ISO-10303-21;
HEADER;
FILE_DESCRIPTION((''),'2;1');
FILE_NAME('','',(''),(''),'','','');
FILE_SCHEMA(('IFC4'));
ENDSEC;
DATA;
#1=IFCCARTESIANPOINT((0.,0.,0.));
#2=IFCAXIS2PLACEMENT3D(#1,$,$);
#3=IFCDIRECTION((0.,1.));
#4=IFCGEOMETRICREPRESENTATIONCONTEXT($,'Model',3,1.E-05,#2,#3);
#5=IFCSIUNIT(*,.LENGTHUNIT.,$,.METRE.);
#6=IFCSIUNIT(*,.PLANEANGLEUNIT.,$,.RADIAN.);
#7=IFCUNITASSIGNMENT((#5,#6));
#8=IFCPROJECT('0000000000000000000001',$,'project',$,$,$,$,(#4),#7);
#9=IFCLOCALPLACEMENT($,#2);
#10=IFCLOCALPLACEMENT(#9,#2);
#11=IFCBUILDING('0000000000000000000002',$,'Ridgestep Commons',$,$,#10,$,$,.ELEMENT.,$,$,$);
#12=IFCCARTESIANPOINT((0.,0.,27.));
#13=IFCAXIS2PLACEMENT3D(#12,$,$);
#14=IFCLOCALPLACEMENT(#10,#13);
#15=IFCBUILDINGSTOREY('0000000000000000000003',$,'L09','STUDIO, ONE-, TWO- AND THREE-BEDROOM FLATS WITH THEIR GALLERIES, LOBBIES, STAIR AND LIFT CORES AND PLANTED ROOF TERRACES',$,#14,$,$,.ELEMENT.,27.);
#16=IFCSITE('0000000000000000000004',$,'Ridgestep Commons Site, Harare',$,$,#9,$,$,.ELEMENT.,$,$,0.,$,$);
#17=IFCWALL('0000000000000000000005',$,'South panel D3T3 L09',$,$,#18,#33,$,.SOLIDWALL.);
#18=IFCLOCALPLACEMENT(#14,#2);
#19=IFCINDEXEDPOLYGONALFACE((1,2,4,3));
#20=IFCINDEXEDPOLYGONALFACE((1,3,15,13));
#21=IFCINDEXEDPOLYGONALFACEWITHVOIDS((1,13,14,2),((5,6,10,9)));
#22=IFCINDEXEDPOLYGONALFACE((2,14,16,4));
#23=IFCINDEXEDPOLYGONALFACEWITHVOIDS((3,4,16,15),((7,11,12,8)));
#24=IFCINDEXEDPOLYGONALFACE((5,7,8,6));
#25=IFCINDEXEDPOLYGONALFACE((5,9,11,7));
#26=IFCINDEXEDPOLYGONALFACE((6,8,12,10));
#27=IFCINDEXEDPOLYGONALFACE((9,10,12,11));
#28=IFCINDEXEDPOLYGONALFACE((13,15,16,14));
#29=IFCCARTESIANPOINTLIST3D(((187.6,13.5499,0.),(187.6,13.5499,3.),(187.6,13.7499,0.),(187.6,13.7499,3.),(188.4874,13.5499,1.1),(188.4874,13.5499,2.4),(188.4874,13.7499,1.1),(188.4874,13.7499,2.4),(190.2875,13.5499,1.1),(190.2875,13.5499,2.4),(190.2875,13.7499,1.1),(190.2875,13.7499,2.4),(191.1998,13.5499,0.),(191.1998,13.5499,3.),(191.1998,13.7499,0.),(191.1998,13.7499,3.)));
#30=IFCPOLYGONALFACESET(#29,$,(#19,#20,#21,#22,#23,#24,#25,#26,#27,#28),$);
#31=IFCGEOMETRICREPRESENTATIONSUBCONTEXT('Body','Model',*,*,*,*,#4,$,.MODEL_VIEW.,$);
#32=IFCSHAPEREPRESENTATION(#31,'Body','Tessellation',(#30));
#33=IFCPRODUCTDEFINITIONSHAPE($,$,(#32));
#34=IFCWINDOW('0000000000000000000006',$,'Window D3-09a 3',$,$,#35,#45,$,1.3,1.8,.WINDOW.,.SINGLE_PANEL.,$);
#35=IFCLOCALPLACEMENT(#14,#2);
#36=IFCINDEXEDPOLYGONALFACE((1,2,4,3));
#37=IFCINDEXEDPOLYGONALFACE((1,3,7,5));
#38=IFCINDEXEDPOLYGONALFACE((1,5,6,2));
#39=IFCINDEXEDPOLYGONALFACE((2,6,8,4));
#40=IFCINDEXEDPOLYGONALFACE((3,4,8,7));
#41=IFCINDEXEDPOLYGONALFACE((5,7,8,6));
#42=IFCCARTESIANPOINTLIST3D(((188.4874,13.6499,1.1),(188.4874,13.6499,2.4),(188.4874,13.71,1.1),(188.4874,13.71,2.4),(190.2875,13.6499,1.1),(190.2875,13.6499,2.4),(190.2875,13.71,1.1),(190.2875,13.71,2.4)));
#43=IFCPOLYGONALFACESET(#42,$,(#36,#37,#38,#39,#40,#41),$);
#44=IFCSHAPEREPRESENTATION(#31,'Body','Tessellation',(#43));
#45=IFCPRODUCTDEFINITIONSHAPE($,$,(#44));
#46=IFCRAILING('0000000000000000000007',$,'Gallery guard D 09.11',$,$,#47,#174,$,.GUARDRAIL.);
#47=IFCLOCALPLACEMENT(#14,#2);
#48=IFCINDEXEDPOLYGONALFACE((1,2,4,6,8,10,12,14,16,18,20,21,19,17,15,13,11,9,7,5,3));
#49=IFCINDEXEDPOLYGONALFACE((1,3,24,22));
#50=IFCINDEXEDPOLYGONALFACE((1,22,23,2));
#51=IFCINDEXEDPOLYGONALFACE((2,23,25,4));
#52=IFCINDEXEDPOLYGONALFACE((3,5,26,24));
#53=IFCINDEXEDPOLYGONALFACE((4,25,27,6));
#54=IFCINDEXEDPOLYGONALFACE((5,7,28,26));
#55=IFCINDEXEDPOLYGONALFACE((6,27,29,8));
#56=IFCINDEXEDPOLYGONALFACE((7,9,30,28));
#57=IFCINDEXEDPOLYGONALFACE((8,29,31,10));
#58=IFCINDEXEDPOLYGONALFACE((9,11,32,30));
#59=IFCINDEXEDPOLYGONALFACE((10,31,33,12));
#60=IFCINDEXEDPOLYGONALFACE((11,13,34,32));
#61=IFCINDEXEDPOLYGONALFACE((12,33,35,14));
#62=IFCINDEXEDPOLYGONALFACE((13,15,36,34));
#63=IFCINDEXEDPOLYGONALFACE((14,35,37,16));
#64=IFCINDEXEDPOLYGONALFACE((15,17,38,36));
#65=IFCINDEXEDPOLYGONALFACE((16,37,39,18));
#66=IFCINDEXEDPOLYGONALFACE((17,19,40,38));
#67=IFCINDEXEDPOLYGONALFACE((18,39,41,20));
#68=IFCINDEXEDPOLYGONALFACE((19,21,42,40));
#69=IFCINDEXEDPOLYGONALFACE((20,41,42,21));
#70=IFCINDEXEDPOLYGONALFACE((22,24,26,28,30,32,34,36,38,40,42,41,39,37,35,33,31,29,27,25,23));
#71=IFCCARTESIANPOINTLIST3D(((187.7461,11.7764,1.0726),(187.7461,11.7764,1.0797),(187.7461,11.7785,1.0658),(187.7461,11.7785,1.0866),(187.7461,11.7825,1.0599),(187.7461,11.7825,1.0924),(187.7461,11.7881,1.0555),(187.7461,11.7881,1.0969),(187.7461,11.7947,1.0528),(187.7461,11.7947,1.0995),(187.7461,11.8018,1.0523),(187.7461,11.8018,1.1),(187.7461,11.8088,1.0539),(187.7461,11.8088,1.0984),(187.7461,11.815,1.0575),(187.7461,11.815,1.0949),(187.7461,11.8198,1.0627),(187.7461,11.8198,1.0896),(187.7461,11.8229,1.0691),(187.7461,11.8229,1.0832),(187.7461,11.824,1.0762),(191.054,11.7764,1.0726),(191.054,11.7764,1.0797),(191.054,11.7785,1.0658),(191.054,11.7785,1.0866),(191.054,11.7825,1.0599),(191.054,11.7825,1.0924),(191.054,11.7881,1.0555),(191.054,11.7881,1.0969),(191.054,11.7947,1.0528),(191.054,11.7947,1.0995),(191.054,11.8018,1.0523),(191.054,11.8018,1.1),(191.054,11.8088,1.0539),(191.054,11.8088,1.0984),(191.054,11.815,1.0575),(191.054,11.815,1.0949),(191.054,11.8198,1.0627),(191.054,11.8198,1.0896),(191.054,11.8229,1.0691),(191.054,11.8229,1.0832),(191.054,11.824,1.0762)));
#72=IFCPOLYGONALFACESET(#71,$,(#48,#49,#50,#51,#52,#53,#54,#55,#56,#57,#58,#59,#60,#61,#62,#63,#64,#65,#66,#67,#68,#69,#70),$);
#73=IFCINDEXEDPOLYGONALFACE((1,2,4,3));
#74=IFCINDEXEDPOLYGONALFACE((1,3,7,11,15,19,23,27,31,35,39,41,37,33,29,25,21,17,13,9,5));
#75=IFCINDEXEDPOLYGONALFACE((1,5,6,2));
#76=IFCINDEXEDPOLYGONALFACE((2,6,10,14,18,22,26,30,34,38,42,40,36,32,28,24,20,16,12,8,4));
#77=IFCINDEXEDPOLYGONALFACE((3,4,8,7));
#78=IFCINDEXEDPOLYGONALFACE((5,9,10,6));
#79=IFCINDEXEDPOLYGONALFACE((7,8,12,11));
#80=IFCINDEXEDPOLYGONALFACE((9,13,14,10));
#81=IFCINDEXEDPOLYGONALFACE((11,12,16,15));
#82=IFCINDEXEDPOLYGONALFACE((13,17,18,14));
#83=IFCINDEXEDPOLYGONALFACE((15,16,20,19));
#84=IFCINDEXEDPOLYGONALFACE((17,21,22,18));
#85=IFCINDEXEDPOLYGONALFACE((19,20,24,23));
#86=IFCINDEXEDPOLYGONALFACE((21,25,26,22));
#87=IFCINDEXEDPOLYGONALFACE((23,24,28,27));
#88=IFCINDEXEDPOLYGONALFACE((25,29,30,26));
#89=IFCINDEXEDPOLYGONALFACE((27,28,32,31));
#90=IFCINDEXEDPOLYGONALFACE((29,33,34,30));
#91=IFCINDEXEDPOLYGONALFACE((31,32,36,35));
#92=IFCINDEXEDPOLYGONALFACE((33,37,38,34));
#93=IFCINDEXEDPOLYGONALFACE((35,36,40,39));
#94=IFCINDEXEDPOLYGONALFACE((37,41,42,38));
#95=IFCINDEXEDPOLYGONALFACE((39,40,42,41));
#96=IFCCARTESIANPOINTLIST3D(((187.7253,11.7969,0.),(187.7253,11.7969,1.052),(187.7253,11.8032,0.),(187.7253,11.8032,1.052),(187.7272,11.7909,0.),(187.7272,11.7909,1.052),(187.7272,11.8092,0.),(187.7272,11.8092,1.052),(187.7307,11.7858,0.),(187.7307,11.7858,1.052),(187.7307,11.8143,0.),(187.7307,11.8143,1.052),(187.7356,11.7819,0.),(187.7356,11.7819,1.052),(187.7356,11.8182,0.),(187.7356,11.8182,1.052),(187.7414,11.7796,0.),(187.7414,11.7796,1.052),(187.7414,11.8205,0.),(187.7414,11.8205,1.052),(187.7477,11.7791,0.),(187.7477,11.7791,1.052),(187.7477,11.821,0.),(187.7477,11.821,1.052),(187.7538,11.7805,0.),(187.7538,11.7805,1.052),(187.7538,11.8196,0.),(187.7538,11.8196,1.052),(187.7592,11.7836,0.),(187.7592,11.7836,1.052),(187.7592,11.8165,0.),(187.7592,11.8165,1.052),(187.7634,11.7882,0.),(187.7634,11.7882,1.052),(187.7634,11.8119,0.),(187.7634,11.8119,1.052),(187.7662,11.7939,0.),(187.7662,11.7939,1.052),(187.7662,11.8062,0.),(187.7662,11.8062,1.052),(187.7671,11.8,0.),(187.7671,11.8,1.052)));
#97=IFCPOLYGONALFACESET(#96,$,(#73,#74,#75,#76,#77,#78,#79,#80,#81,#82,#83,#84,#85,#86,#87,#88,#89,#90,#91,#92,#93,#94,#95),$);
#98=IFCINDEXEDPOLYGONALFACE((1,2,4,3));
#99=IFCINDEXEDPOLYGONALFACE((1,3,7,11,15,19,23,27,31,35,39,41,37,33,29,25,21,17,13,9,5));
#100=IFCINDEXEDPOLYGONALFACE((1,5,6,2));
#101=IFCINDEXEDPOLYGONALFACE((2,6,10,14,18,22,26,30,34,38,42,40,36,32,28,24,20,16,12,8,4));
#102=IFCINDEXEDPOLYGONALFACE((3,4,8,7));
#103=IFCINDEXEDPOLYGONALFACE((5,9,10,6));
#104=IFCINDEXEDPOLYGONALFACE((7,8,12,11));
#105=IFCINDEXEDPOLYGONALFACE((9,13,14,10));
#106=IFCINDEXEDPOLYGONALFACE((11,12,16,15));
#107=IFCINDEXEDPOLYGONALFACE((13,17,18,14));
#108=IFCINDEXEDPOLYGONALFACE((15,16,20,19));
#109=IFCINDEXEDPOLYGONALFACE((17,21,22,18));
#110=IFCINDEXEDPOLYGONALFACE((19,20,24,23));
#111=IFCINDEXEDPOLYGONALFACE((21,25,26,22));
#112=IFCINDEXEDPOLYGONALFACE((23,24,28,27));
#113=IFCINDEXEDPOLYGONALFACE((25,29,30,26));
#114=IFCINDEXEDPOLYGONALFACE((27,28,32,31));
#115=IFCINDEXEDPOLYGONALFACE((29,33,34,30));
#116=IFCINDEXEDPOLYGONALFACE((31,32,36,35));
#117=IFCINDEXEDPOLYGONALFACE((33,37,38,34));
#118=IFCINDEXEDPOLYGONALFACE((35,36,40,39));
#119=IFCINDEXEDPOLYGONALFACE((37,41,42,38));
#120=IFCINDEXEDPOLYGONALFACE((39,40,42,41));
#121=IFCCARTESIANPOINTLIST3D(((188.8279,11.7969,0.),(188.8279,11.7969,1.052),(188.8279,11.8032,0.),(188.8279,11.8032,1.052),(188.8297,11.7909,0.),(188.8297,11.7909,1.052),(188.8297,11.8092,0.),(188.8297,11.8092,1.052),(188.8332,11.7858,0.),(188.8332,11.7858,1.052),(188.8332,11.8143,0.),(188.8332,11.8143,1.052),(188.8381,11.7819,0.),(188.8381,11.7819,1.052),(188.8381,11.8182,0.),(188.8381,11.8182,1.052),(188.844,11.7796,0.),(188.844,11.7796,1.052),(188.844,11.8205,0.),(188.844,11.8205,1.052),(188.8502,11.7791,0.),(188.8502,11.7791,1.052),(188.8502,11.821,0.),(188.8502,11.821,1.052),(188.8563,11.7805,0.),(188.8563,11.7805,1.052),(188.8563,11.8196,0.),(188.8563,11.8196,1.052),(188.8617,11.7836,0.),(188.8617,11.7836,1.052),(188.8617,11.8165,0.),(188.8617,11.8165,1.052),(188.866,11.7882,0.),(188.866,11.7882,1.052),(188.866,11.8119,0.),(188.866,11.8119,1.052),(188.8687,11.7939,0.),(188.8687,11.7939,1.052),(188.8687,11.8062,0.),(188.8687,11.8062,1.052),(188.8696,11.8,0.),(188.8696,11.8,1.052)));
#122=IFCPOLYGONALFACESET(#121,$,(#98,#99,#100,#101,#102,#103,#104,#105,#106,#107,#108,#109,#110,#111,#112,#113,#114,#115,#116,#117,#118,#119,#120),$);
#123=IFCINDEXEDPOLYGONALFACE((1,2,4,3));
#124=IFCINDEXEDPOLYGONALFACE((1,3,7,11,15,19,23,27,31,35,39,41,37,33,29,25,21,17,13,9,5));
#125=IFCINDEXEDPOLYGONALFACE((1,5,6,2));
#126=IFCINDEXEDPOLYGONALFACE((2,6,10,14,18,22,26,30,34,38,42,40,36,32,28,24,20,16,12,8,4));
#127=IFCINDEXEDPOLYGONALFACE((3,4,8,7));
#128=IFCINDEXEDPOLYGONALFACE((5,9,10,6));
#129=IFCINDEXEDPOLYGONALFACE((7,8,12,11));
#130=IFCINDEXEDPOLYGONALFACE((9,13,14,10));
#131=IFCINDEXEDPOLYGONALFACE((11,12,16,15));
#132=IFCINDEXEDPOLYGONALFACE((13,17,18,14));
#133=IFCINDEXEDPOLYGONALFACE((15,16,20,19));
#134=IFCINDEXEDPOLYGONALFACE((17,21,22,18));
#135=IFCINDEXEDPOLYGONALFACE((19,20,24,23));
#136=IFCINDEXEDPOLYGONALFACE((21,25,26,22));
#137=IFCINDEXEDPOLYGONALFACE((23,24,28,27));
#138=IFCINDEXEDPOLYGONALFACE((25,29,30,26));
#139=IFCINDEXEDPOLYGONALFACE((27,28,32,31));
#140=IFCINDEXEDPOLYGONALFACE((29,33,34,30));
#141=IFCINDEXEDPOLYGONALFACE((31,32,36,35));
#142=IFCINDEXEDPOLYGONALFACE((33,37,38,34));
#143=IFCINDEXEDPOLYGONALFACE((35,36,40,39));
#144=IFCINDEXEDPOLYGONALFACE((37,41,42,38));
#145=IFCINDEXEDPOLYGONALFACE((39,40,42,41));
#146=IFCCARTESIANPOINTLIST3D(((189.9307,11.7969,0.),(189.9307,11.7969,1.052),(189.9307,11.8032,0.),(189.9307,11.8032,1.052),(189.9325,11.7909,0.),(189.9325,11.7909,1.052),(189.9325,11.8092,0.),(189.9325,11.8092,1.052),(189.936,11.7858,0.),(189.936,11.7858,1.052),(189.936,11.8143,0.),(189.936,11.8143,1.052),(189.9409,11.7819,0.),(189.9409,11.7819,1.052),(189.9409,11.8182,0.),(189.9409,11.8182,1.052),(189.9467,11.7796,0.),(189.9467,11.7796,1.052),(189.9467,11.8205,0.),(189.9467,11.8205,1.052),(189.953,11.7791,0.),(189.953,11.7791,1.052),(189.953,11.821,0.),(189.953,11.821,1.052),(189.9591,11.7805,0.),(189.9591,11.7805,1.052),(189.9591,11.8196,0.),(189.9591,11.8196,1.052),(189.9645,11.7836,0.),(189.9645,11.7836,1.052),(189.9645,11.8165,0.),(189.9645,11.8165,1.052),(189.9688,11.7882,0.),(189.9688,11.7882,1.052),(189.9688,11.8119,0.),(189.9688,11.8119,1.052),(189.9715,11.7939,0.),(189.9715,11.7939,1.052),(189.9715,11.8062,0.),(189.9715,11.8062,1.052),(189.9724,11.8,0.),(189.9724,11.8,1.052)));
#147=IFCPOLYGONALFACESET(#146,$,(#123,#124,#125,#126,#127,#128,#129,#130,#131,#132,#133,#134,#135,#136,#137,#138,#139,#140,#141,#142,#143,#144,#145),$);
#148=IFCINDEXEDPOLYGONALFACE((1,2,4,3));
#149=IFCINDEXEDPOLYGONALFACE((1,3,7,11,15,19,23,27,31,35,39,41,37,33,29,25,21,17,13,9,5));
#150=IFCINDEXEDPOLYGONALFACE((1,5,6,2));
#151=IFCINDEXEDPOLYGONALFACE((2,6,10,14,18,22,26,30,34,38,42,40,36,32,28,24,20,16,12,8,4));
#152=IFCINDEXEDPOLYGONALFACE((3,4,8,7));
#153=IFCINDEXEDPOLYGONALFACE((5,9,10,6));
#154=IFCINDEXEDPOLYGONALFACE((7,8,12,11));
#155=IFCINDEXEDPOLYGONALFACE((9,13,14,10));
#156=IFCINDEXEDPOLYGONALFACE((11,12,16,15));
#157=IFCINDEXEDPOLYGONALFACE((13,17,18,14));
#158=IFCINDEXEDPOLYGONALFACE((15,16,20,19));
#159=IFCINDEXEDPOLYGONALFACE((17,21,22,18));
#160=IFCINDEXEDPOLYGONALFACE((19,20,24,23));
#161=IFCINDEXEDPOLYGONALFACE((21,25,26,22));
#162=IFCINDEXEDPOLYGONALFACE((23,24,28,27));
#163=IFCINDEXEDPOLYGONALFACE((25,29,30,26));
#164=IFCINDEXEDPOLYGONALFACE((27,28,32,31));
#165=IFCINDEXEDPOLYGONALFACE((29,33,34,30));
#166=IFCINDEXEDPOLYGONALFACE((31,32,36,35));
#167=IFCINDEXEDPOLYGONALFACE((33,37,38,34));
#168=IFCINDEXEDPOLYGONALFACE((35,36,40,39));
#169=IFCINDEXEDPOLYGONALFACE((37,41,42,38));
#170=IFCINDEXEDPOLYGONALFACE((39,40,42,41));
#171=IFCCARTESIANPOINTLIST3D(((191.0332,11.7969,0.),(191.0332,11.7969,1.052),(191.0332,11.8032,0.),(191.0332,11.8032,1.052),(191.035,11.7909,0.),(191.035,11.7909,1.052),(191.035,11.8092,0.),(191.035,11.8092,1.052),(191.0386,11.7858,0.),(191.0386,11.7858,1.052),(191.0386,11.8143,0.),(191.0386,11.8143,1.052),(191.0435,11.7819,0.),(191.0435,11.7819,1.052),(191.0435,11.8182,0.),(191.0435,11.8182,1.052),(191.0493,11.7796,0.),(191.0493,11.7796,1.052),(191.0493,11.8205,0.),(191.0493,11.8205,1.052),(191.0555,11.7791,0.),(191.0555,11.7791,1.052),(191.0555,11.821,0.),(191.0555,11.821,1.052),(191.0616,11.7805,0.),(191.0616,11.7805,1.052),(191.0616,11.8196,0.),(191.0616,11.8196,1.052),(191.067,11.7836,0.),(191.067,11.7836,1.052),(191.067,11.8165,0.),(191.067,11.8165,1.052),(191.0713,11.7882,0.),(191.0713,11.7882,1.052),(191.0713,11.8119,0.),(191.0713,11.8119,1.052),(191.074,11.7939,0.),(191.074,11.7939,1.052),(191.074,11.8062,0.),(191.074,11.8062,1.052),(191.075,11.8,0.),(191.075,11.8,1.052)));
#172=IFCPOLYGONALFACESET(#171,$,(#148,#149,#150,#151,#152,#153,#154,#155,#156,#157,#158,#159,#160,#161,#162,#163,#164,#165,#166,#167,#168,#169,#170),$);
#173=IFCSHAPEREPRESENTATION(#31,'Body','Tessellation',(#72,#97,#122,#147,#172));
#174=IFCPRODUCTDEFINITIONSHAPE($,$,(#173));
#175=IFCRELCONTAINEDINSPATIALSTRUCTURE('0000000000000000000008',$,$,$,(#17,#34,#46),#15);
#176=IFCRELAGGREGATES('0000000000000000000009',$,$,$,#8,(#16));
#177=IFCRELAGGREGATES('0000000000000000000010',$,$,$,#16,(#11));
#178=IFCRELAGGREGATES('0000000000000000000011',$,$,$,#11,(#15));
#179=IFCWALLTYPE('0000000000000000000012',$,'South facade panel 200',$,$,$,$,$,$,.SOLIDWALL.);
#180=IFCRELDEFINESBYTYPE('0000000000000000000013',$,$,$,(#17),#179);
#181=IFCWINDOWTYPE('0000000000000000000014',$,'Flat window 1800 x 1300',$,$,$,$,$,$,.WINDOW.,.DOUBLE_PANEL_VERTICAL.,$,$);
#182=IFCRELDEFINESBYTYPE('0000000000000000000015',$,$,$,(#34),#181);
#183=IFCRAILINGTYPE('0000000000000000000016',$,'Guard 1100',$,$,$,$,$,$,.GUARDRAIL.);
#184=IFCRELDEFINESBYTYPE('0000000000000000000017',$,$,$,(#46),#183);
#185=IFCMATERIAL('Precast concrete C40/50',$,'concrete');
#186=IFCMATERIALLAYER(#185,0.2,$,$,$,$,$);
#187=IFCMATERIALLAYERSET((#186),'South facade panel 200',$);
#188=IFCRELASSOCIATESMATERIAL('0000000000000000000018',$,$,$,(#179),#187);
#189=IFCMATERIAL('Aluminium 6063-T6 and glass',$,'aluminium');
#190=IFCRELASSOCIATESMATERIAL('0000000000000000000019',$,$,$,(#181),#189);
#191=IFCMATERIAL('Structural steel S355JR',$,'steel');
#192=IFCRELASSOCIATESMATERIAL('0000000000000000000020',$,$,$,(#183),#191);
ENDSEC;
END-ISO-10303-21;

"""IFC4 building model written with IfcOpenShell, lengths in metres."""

from ifc_helpers import new_model, si_unit, direction, frame, frame_2d, origin, origin_2d, place, context, subcontext, project, spatial, rectangle, circle, extrude, material, layer, layer_set, type_object, element, fill, save


model = new_model("IFC4")

# Units and contexts
model_context = context("Model", 3, precision=1e-05, world=origin(), true_north=direction((0.0, 1.0)))
body_context = subcontext(model_context, "Body", "Model", "MODEL_VIEW")
ifc_project = project(units=[si_unit("LENGTHUNIT", "METRE"), si_unit("PLANEANGLEUNIT", "RADIAN")], contexts=[model_context])

# Site, building, storey
site_placement = place(None, origin())
site = spatial("IfcSite", under=ifc_project, at=site_placement, Name="Ridgestep Commons Site, Harare", CompositionType="ELEMENT", RefElevation=0.0)
building_placement = place(site_placement, origin())
building = spatial("IfcBuilding", under=site, at=building_placement, Name="Ridgestep Commons", CompositionType="ELEMENT")
storey_placement = place(building_placement, frame((0.0, 0.0, 27.0)))
storey = spatial("IfcBuildingStorey", under=building, at=storey_placement, Name="L09", Description="STUDIO, ONE-, TWO- AND THREE-BEDROOM FLATS WITH THEIR GALLERIES, LOBBIES, STAIR AND LIFT CORES AND PLANTED ROOF TERRACES", CompositionType="ELEMENT", Elevation=27.0)

# Wall, opening, window
ifc_material_1 = material(Name="Precast concrete C40/50", Category="concrete")
ifc_layer_1 = layer(ifc_material_1, 0.2)
ifc_layer_set_1 = layer_set([ifc_layer_1], Name="South facade panel 200")
wall_type_1 = type_object("IfcWallType", Name="South facade panel 200", PredefinedType="SOLIDWALL", material=ifc_layer_set_1)
wall_1_placement = place(storey_placement, frame((187.6001, 13.6499, 0.0), z_axis=(0.0, 0.0, 1.0), x_axis=(1.0, 0.0, 0.0)))
wall_1 = element("IfcWall", 1, at=wall_1_placement, inside=storey, type_object=wall_type_1, Name="South panel D3T3 L09", PredefinedType="SOLIDWALL", context=body_context, shape_type="SweptSolid", body=[
    extrude(rectangle(XDim=3.5999, YDim=0.2, at=frame_2d((1.7998, 0.0))), origin(), (0.0, 0.0, 1.0), 3.0),
])
opening_1_placement = place(wall_1_placement, frame((0.8875, 0.0, 1.1001)))
opening_1 = element("IfcOpeningElement", 2, at=opening_1_placement, cuts=wall_1, PredefinedType="OPENING", context=body_context, shape_type="SweptSolid", body=[
    extrude(rectangle(XDim=1.8, YDim=1.3, at=frame_2d((0.8999, 0.6499))), frame((0.0, 0.1099, 0.0), z_axis=(0.0, -1.0, 0.0), x_axis=(1.0, 0.0, 0.0)), (0.0, 0.0, 1.0), 0.22),
])
ifc_material_2 = material(Name="Aluminium 6063-T6 and glass", Category="aluminium")
window_type = type_object("IfcWindowType", Name="Flat window 1800 x 1300", PartitioningType="DOUBLE_PANEL_VERTICAL", PredefinedType="WINDOW", material=ifc_material_2)
window_placement = place(opening_1_placement, origin())
window = element("IfcWindow", 3, at=window_placement, inside=storey, type_object=window_type, Name="Window D3-09a 3", OverallHeight=1.3, OverallWidth=1.8, PartitioningType="SINGLE_PANEL", PredefinedType="WINDOW", context=body_context, shape_type="SweptSolid", body=[
    extrude(rectangle(XDim=1.8, YDim=1.3, at=frame_2d((0.8999, 0.6499))), frame((0.0, 0.0601, 0.0), z_axis=(0.0, -1.0, 0.0), x_axis=(1.0, 0.0, 0.0)), (0.0, 0.0, 1.0), 0.0601),
])
fill(opening_1, window)

# Railing
ifc_material_3 = material(Name="Structural steel S355JR", Category="steel")
railing_type = type_object("IfcRailingType", Name="Guard 1100", PredefinedType="GUARDRAIL", material=ifc_material_3)
railing_1_placement = place(storey_placement, frame((187.7461, 11.8, 0.0)))
element("IfcRailing", 4, at=railing_1_placement, inside=storey, type_object=railing_type, Name="Gallery guard D 09.11", PredefinedType="GUARDRAIL", context=body_context, shape_type="SweptSolid", body=[
    extrude(circle(Radius=0.0239, at=origin_2d()), frame((0.0, 0.0, 1.0762), z_axis=(1.0, 0.0, 0.0), x_axis=(0.0, 1.0, 0.0)), (0.0, 0.0, 1.0), 3.3079),
    extrude(circle(Radius=0.021, at=origin_2d()), origin(), (0.0, 0.0, 1.0), 1.052),
    extrude(circle(Radius=0.021, at=origin_2d()), frame((1.1025, 0.0, 0.0)), (0.0, 0.0, 1.0), 1.052),
    extrude(circle(Radius=0.021, at=origin_2d()), frame((2.2053, 0.0, 0.0)), (0.0, 0.0, 1.0), 1.052),
    extrude(circle(Radius=0.021, at=origin_2d()), frame((3.3079, 0.0, 0.0)), (0.0, 0.0, 1.0), 1.052),
])

save(model, "model.ifc")
